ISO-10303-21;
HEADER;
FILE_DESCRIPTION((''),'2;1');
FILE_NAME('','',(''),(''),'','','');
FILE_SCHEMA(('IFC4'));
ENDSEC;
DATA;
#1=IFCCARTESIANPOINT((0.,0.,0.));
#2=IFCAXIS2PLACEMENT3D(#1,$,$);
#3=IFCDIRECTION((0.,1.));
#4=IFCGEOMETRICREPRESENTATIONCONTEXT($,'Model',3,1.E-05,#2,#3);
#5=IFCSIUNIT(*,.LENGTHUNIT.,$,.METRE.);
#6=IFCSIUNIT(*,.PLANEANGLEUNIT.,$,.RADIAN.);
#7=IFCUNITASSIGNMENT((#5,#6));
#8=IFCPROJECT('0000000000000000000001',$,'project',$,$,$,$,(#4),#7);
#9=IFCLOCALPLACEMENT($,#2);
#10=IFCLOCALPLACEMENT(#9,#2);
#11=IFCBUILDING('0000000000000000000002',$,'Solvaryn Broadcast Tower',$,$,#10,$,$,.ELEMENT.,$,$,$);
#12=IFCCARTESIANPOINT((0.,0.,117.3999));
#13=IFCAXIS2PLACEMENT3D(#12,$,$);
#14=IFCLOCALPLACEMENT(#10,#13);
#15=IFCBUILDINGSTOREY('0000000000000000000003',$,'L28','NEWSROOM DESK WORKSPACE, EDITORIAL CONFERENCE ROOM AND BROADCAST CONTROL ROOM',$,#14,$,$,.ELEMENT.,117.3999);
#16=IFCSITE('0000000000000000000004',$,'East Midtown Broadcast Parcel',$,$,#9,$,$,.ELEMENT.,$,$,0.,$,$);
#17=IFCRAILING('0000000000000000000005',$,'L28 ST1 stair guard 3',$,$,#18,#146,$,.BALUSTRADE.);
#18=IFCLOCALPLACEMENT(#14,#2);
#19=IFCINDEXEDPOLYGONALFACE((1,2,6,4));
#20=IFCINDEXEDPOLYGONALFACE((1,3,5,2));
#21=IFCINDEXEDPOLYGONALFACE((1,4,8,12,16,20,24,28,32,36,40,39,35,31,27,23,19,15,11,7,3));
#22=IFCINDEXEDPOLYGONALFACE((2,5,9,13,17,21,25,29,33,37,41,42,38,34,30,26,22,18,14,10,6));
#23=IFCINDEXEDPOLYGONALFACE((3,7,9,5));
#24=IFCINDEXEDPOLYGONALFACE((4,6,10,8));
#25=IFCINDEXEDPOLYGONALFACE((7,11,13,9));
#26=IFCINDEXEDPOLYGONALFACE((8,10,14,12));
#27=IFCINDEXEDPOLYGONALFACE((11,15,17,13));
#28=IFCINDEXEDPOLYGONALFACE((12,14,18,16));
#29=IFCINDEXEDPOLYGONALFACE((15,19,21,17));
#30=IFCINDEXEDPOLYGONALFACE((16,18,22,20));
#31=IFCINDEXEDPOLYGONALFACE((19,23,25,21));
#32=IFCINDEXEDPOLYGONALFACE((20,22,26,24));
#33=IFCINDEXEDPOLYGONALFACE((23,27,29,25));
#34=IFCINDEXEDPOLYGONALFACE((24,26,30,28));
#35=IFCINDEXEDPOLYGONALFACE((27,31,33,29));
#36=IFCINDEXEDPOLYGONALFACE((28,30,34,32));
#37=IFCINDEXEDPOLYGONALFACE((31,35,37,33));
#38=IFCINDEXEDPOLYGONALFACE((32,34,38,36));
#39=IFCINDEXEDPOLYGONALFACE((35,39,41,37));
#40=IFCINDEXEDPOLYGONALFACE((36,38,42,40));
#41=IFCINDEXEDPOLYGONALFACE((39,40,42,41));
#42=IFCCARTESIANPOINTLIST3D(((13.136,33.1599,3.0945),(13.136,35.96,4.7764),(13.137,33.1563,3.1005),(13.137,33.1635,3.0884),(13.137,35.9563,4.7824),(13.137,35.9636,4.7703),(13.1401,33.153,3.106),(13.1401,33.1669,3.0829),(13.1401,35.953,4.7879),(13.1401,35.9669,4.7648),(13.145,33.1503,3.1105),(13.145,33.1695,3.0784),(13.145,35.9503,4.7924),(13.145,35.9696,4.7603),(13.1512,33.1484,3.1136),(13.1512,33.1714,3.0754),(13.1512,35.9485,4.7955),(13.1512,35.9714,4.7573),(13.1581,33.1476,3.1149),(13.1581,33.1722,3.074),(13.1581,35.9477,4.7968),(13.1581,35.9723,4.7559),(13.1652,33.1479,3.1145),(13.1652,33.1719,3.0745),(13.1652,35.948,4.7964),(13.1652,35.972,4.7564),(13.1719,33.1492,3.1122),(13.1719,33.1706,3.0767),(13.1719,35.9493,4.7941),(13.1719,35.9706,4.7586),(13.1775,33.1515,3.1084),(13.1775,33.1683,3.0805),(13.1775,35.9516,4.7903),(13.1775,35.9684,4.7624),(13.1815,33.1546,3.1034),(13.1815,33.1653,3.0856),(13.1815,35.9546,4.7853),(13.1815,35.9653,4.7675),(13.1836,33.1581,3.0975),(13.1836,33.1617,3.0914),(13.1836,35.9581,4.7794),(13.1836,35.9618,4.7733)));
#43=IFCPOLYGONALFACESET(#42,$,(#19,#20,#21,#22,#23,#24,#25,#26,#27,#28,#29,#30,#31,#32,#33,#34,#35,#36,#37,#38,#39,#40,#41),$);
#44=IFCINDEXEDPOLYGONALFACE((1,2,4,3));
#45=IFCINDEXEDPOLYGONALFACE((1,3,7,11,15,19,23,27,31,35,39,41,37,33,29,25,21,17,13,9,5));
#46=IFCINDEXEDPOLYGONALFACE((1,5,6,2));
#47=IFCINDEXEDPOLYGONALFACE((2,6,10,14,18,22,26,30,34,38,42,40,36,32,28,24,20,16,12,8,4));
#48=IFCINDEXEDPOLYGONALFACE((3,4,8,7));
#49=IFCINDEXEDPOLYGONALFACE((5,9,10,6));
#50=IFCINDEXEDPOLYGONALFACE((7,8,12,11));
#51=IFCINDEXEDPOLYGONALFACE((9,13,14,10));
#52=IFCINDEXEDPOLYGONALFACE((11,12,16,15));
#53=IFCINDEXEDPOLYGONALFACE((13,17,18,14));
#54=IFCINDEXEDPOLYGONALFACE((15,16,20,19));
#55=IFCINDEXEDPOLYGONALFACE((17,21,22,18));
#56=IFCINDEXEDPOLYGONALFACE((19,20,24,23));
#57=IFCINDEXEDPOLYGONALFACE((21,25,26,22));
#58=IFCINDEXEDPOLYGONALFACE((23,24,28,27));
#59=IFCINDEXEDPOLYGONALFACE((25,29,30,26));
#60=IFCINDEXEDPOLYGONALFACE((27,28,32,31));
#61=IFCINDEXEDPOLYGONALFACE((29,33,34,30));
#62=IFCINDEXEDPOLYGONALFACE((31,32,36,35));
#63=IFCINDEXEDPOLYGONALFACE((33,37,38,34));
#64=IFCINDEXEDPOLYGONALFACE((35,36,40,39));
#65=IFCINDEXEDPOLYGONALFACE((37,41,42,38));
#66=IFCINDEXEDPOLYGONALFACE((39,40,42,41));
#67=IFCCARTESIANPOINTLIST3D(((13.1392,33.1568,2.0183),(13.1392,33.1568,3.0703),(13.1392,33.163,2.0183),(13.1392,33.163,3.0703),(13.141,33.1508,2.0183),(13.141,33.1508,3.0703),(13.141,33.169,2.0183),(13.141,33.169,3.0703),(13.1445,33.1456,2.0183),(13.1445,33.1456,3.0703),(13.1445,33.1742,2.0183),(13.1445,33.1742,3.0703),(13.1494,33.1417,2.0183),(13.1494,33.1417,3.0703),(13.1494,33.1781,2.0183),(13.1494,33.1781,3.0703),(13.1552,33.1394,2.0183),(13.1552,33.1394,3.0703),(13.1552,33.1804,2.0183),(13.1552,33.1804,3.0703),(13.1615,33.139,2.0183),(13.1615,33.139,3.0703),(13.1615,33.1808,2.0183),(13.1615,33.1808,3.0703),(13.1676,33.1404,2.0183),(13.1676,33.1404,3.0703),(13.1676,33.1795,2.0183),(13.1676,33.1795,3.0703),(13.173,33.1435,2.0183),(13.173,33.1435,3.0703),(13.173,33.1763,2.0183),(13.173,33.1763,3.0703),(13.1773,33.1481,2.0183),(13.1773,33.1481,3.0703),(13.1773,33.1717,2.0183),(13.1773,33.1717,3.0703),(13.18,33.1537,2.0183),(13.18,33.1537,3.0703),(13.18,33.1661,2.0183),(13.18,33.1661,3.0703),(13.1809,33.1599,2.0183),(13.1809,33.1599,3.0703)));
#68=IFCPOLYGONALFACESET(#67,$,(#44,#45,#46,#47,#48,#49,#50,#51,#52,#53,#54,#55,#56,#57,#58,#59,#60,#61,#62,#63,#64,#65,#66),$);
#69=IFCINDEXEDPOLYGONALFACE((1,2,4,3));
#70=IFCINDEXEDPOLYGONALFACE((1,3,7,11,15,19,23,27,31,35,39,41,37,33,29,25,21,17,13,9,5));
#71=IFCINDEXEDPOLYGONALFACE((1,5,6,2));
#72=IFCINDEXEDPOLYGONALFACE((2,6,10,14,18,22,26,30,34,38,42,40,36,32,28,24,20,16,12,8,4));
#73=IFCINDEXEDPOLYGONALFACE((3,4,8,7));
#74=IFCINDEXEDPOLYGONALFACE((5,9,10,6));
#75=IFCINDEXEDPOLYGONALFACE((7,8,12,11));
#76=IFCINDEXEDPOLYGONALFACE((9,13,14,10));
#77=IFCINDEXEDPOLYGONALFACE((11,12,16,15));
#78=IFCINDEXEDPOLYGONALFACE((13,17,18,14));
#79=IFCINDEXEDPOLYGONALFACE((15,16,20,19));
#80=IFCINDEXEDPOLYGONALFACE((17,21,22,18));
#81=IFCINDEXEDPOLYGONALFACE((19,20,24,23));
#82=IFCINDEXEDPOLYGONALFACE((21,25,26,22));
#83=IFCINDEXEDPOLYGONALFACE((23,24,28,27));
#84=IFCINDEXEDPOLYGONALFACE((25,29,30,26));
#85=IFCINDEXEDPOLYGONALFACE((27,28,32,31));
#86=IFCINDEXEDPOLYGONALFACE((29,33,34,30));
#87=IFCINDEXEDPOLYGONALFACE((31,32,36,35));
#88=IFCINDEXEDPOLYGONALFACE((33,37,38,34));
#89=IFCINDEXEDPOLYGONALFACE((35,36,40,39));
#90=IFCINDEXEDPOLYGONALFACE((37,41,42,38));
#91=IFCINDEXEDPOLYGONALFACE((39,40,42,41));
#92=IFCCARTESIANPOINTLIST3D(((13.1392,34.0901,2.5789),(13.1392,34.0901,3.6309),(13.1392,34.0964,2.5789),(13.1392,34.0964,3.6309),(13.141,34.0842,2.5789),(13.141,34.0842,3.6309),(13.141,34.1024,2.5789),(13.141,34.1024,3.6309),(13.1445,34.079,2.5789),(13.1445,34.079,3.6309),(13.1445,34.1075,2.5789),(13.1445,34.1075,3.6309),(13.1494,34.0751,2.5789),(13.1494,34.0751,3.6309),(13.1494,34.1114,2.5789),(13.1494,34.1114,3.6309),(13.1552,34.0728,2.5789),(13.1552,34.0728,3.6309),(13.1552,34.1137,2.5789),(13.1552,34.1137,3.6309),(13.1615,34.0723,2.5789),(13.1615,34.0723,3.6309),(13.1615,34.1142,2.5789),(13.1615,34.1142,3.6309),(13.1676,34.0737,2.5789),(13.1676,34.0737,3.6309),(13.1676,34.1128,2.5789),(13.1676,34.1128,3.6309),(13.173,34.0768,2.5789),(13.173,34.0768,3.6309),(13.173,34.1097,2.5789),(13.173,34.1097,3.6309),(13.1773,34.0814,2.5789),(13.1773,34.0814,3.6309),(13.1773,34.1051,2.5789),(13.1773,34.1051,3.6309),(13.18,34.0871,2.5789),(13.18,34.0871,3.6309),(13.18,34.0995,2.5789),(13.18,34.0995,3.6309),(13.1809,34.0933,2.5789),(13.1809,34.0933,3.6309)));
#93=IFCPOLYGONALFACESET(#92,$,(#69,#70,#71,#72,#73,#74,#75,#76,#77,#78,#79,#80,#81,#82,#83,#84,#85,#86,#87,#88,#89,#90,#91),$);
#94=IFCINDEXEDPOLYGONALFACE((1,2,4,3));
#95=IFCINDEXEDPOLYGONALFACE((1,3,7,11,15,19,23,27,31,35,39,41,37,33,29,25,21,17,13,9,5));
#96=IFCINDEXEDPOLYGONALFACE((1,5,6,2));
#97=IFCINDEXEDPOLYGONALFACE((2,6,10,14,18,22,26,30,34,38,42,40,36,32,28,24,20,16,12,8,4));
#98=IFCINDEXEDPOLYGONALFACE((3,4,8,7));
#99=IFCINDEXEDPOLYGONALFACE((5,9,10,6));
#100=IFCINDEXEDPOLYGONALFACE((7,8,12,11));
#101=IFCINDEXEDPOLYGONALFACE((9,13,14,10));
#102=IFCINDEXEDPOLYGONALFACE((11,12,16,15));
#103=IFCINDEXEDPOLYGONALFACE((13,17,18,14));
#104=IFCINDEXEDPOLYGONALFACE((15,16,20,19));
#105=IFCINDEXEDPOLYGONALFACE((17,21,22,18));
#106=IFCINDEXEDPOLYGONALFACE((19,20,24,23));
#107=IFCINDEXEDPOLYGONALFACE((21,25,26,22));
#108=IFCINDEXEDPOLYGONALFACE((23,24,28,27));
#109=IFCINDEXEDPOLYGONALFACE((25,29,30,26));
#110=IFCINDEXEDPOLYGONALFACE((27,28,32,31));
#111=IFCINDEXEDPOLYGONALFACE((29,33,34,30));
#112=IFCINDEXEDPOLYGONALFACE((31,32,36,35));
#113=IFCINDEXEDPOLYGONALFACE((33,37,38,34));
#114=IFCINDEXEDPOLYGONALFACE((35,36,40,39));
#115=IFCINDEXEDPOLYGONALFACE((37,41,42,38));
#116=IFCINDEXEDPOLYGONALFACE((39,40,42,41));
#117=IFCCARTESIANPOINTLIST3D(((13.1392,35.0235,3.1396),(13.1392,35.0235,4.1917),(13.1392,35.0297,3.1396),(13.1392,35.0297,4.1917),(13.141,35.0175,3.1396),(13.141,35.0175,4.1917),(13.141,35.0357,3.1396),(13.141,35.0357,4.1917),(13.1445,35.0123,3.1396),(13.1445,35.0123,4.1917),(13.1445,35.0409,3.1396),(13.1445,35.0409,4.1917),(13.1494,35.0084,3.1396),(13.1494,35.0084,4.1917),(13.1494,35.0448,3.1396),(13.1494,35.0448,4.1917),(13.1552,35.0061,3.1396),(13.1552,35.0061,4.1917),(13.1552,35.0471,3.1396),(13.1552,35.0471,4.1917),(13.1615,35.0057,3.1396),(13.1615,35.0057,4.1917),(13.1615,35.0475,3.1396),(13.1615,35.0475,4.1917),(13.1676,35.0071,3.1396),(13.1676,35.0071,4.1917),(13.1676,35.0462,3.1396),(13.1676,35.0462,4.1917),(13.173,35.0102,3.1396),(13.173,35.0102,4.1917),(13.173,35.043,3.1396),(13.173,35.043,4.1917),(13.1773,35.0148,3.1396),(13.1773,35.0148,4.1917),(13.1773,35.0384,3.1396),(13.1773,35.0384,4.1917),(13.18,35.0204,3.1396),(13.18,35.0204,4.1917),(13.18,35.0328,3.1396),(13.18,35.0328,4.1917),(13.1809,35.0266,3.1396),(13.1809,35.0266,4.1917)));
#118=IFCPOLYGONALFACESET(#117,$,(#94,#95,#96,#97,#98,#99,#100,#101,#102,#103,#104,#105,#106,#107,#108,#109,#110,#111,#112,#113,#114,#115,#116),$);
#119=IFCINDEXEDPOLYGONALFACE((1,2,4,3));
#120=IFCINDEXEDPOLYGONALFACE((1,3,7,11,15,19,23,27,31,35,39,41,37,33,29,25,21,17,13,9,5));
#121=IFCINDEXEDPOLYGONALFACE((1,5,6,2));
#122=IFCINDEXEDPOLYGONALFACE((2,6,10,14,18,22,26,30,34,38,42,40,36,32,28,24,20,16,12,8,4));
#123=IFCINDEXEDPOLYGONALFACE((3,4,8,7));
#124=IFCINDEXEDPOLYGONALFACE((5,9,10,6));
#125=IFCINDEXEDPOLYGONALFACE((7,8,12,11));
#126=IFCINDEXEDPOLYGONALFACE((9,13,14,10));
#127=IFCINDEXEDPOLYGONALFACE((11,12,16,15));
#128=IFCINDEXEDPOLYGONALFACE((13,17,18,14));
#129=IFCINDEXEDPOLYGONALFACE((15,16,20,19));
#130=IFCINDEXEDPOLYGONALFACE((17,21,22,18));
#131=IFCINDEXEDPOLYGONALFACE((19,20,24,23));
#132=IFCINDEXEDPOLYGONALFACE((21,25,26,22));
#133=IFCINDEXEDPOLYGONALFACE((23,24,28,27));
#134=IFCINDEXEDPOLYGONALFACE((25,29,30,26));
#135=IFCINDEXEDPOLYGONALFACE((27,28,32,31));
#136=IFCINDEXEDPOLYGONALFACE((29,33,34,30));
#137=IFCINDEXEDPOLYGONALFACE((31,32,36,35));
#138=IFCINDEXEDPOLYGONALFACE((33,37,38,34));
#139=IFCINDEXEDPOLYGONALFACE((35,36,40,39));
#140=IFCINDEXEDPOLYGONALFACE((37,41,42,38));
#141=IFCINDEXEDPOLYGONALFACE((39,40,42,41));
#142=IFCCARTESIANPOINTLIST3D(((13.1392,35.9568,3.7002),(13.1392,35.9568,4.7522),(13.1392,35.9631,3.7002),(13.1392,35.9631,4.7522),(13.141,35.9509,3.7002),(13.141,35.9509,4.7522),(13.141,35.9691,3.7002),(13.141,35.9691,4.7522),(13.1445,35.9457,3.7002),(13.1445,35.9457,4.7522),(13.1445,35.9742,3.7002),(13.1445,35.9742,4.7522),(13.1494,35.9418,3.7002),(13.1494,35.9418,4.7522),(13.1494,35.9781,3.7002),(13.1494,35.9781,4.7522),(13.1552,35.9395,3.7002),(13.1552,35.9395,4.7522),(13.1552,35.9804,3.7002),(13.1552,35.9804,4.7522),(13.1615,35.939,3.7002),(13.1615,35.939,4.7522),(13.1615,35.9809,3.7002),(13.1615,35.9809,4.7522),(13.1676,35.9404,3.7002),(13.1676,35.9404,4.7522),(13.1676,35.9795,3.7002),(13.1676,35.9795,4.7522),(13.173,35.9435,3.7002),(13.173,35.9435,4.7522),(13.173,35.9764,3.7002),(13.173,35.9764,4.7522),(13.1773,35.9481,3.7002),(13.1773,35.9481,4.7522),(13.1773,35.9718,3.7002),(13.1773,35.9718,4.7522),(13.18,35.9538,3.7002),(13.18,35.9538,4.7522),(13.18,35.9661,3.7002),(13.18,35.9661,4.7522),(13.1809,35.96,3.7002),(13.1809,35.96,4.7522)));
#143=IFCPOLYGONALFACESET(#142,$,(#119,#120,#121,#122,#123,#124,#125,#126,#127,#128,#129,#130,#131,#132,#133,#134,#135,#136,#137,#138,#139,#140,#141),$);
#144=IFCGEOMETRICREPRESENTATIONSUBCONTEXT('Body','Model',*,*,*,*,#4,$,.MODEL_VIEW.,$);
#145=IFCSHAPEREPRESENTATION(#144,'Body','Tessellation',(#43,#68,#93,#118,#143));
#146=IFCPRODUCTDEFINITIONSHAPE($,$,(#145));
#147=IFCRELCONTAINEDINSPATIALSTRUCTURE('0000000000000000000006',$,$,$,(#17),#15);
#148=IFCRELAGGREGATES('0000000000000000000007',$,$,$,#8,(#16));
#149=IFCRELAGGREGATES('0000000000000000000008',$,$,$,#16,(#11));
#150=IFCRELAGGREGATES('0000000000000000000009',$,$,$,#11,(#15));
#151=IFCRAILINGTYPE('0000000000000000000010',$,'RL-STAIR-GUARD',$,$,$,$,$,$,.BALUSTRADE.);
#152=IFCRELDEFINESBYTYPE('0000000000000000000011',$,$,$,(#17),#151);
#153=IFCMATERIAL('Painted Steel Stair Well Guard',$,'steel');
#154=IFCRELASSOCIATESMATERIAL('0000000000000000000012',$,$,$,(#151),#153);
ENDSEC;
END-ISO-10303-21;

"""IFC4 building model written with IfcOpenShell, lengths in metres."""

from ifc_helpers import new_model, si_unit, direction, frame, origin, origin_2d, place, context, subcontext, project, spatial, circle, extrude, material, type_object, element, save


model = new_model("IFC4")

# Units and contexts
model_context = context("Model", 3, precision=1e-05, world=origin(), true_north=direction((0.0, 1.0)))
body_context = subcontext(model_context, "Body", "Model", "MODEL_VIEW")
ifc_project = project(units=[si_unit("LENGTHUNIT", "METRE"), si_unit("PLANEANGLEUNIT", "RADIAN")], contexts=[model_context])

# Site, building, storey
site_placement = place(None, origin())
site = spatial("IfcSite", under=ifc_project, at=site_placement, Name="East Midtown Broadcast Parcel", CompositionType="ELEMENT", RefElevation=0.0)
building_placement = place(site_placement, origin())
building = spatial("IfcBuilding", under=site, at=building_placement, Name="Solvaryn Broadcast Tower", CompositionType="ELEMENT")
storey_placement = place(building_placement, frame((0.0, 0.0, 117.3999)))
storey = spatial("IfcBuildingStorey", under=building, at=storey_placement, Name="L28", Description="NEWSROOM DESK WORKSPACE, EDITORIAL CONFERENCE ROOM AND BROADCAST CONTROL ROOM", CompositionType="ELEMENT", Elevation=117.3999)

# Railing
ifc_material_1 = material(Name="Painted Steel Stair Well Guard", Category="steel")
railing_type_1 = type_object("IfcRailingType", Name="RL-STAIR-GUARD", PredefinedType="BALUSTRADE", material=ifc_material_1)
railing_1_placement = place(storey_placement, frame((13.1599, 33.1599, 2.0183)))
element("IfcRailing", 1, at=railing_1_placement, inside=storey, type_object=railing_type_1, Name="L28 ST1 stair guard 3", PredefinedType="BALUSTRADE", context=body_context, shape_type="SweptSolid", body=[
    extrude(circle(Radius=0.0239, at=origin_2d()), frame((0.0, 0.0, 1.0762), z_axis=(0.0, 0.857242, 0.514913), x_axis=(-1.0, 0.0, 0.0)), (0.0, 0.0, 1.0), 3.2664),
    extrude(circle(Radius=0.021, at=origin_2d()), origin(), (0.0, 0.0, 1.0), 1.052),
    extrude(circle(Radius=0.021, at=origin_2d()), frame((0.0, 0.9333, 0.5605)), (0.0, 0.0, 1.0), 1.052),
    extrude(circle(Radius=0.021, at=origin_2d()), frame((0.0, 1.8667, 1.1213)), (0.0, 0.0, 1.0), 1.052),
    extrude(circle(Radius=0.021, at=origin_2d()), frame((0.0, 2.8, 1.6819)), (0.0, 0.0, 1.0), 1.052),
])

save(model, "model.ifc")
